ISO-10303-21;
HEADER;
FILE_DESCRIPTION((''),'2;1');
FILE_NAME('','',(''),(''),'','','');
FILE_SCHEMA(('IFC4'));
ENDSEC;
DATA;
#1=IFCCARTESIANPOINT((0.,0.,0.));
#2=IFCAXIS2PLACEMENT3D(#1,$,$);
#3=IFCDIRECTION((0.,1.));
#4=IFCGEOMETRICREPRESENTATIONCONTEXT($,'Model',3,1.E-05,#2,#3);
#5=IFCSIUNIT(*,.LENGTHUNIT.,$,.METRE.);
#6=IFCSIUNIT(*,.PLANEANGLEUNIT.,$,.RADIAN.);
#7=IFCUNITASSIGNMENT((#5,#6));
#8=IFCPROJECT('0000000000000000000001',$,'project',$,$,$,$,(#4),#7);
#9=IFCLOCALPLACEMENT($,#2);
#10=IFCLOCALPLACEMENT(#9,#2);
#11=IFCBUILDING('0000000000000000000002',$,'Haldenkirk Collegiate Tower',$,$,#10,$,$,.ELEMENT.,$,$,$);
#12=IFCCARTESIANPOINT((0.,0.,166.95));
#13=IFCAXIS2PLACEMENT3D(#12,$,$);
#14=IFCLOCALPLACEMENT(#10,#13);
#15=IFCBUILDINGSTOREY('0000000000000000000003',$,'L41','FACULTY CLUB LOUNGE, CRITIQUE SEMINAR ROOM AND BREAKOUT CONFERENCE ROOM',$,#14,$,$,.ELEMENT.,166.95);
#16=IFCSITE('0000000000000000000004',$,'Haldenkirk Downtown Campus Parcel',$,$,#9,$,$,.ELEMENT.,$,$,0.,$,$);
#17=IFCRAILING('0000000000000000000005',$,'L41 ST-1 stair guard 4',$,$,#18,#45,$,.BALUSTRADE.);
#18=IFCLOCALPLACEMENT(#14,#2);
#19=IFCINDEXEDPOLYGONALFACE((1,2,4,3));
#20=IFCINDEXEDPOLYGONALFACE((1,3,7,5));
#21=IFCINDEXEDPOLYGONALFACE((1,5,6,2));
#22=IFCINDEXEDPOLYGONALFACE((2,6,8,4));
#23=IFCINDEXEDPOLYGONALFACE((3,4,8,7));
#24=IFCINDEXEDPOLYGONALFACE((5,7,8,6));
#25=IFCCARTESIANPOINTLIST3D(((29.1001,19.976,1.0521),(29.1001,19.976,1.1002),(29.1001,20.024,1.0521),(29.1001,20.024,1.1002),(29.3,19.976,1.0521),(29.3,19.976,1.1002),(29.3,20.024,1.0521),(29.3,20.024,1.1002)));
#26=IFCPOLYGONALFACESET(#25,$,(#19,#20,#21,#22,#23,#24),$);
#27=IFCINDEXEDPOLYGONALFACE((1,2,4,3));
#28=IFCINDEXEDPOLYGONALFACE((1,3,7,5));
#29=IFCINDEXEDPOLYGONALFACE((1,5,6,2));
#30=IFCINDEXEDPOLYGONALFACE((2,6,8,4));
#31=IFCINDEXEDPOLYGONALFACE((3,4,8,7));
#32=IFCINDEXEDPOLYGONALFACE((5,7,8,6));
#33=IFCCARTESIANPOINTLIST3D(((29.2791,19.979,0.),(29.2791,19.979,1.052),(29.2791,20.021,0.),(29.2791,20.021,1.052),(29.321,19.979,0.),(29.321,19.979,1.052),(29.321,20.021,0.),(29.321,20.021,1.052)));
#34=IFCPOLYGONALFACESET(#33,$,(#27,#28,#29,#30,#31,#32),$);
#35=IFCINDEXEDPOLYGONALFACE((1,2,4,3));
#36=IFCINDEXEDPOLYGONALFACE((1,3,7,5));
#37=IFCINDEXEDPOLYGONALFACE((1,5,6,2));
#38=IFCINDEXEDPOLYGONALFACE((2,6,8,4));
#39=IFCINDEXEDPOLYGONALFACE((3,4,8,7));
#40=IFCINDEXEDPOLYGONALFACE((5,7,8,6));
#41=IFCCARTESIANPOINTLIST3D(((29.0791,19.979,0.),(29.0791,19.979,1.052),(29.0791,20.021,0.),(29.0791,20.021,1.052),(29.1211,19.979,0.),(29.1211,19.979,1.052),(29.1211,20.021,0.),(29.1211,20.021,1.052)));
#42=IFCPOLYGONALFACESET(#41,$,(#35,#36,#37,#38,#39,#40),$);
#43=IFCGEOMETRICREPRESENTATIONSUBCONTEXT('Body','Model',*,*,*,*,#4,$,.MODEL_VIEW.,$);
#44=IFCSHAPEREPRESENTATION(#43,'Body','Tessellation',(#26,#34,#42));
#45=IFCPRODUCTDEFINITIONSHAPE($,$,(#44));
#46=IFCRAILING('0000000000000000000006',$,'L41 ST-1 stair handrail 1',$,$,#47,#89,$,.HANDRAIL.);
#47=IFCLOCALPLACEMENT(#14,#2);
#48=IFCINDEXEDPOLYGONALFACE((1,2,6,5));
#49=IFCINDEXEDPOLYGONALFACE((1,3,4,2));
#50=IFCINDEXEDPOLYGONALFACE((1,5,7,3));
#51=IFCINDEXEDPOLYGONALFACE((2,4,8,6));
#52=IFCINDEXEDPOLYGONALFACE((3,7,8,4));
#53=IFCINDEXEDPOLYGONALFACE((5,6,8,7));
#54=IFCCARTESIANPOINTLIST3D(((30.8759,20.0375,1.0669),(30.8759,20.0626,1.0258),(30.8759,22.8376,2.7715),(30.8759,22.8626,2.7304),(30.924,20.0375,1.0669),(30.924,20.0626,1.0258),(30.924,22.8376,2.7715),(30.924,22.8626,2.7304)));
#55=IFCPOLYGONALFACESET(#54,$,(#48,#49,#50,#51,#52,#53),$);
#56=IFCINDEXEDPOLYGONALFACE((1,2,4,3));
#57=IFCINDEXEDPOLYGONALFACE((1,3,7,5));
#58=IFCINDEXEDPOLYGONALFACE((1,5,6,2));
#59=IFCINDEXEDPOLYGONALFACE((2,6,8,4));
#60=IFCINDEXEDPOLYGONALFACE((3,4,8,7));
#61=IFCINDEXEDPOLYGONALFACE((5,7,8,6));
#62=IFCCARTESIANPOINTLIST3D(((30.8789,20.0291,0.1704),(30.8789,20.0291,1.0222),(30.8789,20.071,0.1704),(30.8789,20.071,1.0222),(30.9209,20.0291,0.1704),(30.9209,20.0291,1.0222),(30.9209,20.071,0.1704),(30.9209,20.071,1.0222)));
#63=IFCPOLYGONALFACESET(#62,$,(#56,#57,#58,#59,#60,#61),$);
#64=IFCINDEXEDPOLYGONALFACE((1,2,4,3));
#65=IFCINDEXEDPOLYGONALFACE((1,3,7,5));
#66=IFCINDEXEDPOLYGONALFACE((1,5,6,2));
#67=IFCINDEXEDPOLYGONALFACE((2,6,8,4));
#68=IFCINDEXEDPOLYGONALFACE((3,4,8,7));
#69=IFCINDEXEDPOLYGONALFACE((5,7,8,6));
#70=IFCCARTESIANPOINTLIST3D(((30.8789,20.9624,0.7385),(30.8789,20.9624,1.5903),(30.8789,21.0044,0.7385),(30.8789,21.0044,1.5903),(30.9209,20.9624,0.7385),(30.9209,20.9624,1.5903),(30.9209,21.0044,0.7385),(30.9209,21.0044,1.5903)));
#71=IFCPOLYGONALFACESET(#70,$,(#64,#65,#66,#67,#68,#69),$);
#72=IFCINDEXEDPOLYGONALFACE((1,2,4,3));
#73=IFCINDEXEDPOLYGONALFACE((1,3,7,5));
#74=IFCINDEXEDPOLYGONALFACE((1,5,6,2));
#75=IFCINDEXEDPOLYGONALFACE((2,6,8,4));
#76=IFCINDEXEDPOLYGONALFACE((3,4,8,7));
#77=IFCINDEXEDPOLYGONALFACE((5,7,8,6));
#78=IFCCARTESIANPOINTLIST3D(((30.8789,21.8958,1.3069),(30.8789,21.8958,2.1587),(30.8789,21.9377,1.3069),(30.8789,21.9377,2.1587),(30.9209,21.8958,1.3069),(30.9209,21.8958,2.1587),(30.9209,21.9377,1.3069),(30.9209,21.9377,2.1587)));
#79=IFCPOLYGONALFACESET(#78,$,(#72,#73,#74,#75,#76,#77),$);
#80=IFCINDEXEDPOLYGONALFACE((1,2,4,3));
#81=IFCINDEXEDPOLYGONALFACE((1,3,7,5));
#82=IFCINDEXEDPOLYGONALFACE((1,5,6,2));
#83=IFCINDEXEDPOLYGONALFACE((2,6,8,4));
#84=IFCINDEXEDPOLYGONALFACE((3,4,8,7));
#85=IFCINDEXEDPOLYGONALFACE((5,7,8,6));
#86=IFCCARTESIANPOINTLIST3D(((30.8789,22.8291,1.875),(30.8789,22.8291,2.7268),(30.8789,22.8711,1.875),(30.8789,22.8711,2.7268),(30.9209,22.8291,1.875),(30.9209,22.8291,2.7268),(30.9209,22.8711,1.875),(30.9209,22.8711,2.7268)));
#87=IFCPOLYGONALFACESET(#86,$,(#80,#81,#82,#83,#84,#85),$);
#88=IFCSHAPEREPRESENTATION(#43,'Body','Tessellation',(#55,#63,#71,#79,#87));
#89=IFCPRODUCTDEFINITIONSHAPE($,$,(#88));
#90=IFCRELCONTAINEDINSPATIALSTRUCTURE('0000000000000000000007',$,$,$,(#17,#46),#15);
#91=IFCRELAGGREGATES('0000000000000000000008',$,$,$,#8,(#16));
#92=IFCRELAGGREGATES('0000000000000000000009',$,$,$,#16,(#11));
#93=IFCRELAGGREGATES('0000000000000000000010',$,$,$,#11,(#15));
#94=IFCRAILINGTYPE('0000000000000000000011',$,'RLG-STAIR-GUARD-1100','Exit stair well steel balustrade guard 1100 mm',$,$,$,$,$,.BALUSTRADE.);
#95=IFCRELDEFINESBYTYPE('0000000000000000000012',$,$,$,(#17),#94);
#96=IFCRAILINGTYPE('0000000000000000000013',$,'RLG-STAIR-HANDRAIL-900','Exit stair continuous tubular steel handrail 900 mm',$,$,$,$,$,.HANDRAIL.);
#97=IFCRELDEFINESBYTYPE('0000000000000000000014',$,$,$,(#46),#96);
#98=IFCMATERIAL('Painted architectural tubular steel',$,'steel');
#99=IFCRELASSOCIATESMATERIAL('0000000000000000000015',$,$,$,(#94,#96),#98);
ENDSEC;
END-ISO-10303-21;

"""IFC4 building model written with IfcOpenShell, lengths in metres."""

from ifc_helpers import new_model, si_unit, direction, frame, origin, origin_2d, place, context, subcontext, project, spatial, rectangle, extrude, material, type_object, element, save


model = new_model("IFC4")

# Units and contexts
model_context = context("Model", 3, precision=1e-05, world=origin(), true_north=direction((0.0, 1.0)))
body_context = subcontext(model_context, "Body", "Model", "MODEL_VIEW")
ifc_project = project(units=[si_unit("LENGTHUNIT", "METRE"), si_unit("PLANEANGLEUNIT", "RADIAN")], contexts=[model_context])

# Site, building, storey
site_placement = place(None, origin())
site = spatial("IfcSite", under=ifc_project, at=site_placement, Name="Haldenkirk Downtown Campus Parcel", CompositionType="ELEMENT", RefElevation=0.0)
building_placement = place(site_placement, origin())
building = spatial("IfcBuilding", under=site, at=building_placement, Name="Haldenkirk Collegiate Tower", CompositionType="ELEMENT")
storey_placement = place(building_placement, frame((0.0, 0.0, 166.95)))
storey = spatial("IfcBuildingStorey", under=building, at=storey_placement, Name="L41", Description="FACULTY CLUB LOUNGE, CRITIQUE SEMINAR ROOM AND BREAKOUT CONFERENCE ROOM", CompositionType="ELEMENT", Elevation=166.95)

# Railings
ifc_material_1 = material(Name="Painted architectural tubular steel", Category="steel")
railing_type_1 = type_object("IfcRailingType", Name="RLG-STAIR-GUARD-1100", Description="Exit stair well steel balustrade guard 1100 mm", PredefinedType="BALUSTRADE", material=ifc_material_1)
railing_1_placement = place(storey_placement, frame((29.3, 20.0, 0.0)))
element("IfcRailing", 1, at=railing_1_placement, inside=storey, type_object=railing_type_1, Name="L41 ST-1 stair guard 4", PredefinedType="BALUSTRADE", context=body_context, shape_type="SweptSolid", body=[
    extrude(rectangle(XDim=0.0481, YDim=0.0481, at=origin_2d()), frame((0.0, 0.0, 1.0762), z_axis=(-1.0, 0.0, 0.0), x_axis=(0.0, -1.0, 0.0)), (0.0, 0.0, 1.0), 0.2),
    extrude(rectangle(XDim=0.042, YDim=0.042, at=origin_2d()), origin(), (0.0, 0.0, 1.0), 1.052),
    extrude(rectangle(XDim=0.042, YDim=0.042, at=origin_2d()), frame((-0.2, 0.0, 0.0)), (0.0, 0.0, 1.0), 1.052),
])
railing_type_2 = type_object("IfcRailingType", Name="RLG-STAIR-HANDRAIL-900", Description="Exit stair continuous tubular steel handrail 900 mm", PredefinedType="HANDRAIL", material=ifc_material_1)
railing_2_placement = place(storey_placement, frame((30.8999, 20.05, 0.1704)))
element("IfcRailing", 2, at=railing_2_placement, inside=storey, type_object=railing_type_2, Name="L41 ST-1 stair handrail 1", PredefinedType="HANDRAIL", context=body_context, shape_type="SweptSolid", body=[
    extrude(rectangle(XDim=0.0481, YDim=0.0481, at=origin_2d()), frame((0.0, 0.0, 0.876), z_axis=(0.0, 0.85417, 0.519994), x_axis=(-1.0, 0.0, 0.0)), (0.0, 0.0, 1.0), 3.2781),
    extrude(rectangle(XDim=0.042, YDim=0.042, at=origin_2d()), origin(), (0.0, 0.0, 1.0), 0.8518),
    extrude(rectangle(XDim=0.042, YDim=0.042, at=origin_2d()), frame((0.0, 0.9333, 0.5681)), (0.0, 0.0, 1.0), 0.8518),
    extrude(rectangle(XDim=0.042, YDim=0.042, at=origin_2d()), frame((0.0, 1.8667, 1.1365)), (0.0, 0.0, 1.0), 0.8518),
    extrude(rectangle(XDim=0.042, YDim=0.042, at=origin_2d()), frame((0.0, 2.8, 1.7046)), (0.0, 0.0, 1.0), 0.8518),
])

save(model, "model.ifc")
